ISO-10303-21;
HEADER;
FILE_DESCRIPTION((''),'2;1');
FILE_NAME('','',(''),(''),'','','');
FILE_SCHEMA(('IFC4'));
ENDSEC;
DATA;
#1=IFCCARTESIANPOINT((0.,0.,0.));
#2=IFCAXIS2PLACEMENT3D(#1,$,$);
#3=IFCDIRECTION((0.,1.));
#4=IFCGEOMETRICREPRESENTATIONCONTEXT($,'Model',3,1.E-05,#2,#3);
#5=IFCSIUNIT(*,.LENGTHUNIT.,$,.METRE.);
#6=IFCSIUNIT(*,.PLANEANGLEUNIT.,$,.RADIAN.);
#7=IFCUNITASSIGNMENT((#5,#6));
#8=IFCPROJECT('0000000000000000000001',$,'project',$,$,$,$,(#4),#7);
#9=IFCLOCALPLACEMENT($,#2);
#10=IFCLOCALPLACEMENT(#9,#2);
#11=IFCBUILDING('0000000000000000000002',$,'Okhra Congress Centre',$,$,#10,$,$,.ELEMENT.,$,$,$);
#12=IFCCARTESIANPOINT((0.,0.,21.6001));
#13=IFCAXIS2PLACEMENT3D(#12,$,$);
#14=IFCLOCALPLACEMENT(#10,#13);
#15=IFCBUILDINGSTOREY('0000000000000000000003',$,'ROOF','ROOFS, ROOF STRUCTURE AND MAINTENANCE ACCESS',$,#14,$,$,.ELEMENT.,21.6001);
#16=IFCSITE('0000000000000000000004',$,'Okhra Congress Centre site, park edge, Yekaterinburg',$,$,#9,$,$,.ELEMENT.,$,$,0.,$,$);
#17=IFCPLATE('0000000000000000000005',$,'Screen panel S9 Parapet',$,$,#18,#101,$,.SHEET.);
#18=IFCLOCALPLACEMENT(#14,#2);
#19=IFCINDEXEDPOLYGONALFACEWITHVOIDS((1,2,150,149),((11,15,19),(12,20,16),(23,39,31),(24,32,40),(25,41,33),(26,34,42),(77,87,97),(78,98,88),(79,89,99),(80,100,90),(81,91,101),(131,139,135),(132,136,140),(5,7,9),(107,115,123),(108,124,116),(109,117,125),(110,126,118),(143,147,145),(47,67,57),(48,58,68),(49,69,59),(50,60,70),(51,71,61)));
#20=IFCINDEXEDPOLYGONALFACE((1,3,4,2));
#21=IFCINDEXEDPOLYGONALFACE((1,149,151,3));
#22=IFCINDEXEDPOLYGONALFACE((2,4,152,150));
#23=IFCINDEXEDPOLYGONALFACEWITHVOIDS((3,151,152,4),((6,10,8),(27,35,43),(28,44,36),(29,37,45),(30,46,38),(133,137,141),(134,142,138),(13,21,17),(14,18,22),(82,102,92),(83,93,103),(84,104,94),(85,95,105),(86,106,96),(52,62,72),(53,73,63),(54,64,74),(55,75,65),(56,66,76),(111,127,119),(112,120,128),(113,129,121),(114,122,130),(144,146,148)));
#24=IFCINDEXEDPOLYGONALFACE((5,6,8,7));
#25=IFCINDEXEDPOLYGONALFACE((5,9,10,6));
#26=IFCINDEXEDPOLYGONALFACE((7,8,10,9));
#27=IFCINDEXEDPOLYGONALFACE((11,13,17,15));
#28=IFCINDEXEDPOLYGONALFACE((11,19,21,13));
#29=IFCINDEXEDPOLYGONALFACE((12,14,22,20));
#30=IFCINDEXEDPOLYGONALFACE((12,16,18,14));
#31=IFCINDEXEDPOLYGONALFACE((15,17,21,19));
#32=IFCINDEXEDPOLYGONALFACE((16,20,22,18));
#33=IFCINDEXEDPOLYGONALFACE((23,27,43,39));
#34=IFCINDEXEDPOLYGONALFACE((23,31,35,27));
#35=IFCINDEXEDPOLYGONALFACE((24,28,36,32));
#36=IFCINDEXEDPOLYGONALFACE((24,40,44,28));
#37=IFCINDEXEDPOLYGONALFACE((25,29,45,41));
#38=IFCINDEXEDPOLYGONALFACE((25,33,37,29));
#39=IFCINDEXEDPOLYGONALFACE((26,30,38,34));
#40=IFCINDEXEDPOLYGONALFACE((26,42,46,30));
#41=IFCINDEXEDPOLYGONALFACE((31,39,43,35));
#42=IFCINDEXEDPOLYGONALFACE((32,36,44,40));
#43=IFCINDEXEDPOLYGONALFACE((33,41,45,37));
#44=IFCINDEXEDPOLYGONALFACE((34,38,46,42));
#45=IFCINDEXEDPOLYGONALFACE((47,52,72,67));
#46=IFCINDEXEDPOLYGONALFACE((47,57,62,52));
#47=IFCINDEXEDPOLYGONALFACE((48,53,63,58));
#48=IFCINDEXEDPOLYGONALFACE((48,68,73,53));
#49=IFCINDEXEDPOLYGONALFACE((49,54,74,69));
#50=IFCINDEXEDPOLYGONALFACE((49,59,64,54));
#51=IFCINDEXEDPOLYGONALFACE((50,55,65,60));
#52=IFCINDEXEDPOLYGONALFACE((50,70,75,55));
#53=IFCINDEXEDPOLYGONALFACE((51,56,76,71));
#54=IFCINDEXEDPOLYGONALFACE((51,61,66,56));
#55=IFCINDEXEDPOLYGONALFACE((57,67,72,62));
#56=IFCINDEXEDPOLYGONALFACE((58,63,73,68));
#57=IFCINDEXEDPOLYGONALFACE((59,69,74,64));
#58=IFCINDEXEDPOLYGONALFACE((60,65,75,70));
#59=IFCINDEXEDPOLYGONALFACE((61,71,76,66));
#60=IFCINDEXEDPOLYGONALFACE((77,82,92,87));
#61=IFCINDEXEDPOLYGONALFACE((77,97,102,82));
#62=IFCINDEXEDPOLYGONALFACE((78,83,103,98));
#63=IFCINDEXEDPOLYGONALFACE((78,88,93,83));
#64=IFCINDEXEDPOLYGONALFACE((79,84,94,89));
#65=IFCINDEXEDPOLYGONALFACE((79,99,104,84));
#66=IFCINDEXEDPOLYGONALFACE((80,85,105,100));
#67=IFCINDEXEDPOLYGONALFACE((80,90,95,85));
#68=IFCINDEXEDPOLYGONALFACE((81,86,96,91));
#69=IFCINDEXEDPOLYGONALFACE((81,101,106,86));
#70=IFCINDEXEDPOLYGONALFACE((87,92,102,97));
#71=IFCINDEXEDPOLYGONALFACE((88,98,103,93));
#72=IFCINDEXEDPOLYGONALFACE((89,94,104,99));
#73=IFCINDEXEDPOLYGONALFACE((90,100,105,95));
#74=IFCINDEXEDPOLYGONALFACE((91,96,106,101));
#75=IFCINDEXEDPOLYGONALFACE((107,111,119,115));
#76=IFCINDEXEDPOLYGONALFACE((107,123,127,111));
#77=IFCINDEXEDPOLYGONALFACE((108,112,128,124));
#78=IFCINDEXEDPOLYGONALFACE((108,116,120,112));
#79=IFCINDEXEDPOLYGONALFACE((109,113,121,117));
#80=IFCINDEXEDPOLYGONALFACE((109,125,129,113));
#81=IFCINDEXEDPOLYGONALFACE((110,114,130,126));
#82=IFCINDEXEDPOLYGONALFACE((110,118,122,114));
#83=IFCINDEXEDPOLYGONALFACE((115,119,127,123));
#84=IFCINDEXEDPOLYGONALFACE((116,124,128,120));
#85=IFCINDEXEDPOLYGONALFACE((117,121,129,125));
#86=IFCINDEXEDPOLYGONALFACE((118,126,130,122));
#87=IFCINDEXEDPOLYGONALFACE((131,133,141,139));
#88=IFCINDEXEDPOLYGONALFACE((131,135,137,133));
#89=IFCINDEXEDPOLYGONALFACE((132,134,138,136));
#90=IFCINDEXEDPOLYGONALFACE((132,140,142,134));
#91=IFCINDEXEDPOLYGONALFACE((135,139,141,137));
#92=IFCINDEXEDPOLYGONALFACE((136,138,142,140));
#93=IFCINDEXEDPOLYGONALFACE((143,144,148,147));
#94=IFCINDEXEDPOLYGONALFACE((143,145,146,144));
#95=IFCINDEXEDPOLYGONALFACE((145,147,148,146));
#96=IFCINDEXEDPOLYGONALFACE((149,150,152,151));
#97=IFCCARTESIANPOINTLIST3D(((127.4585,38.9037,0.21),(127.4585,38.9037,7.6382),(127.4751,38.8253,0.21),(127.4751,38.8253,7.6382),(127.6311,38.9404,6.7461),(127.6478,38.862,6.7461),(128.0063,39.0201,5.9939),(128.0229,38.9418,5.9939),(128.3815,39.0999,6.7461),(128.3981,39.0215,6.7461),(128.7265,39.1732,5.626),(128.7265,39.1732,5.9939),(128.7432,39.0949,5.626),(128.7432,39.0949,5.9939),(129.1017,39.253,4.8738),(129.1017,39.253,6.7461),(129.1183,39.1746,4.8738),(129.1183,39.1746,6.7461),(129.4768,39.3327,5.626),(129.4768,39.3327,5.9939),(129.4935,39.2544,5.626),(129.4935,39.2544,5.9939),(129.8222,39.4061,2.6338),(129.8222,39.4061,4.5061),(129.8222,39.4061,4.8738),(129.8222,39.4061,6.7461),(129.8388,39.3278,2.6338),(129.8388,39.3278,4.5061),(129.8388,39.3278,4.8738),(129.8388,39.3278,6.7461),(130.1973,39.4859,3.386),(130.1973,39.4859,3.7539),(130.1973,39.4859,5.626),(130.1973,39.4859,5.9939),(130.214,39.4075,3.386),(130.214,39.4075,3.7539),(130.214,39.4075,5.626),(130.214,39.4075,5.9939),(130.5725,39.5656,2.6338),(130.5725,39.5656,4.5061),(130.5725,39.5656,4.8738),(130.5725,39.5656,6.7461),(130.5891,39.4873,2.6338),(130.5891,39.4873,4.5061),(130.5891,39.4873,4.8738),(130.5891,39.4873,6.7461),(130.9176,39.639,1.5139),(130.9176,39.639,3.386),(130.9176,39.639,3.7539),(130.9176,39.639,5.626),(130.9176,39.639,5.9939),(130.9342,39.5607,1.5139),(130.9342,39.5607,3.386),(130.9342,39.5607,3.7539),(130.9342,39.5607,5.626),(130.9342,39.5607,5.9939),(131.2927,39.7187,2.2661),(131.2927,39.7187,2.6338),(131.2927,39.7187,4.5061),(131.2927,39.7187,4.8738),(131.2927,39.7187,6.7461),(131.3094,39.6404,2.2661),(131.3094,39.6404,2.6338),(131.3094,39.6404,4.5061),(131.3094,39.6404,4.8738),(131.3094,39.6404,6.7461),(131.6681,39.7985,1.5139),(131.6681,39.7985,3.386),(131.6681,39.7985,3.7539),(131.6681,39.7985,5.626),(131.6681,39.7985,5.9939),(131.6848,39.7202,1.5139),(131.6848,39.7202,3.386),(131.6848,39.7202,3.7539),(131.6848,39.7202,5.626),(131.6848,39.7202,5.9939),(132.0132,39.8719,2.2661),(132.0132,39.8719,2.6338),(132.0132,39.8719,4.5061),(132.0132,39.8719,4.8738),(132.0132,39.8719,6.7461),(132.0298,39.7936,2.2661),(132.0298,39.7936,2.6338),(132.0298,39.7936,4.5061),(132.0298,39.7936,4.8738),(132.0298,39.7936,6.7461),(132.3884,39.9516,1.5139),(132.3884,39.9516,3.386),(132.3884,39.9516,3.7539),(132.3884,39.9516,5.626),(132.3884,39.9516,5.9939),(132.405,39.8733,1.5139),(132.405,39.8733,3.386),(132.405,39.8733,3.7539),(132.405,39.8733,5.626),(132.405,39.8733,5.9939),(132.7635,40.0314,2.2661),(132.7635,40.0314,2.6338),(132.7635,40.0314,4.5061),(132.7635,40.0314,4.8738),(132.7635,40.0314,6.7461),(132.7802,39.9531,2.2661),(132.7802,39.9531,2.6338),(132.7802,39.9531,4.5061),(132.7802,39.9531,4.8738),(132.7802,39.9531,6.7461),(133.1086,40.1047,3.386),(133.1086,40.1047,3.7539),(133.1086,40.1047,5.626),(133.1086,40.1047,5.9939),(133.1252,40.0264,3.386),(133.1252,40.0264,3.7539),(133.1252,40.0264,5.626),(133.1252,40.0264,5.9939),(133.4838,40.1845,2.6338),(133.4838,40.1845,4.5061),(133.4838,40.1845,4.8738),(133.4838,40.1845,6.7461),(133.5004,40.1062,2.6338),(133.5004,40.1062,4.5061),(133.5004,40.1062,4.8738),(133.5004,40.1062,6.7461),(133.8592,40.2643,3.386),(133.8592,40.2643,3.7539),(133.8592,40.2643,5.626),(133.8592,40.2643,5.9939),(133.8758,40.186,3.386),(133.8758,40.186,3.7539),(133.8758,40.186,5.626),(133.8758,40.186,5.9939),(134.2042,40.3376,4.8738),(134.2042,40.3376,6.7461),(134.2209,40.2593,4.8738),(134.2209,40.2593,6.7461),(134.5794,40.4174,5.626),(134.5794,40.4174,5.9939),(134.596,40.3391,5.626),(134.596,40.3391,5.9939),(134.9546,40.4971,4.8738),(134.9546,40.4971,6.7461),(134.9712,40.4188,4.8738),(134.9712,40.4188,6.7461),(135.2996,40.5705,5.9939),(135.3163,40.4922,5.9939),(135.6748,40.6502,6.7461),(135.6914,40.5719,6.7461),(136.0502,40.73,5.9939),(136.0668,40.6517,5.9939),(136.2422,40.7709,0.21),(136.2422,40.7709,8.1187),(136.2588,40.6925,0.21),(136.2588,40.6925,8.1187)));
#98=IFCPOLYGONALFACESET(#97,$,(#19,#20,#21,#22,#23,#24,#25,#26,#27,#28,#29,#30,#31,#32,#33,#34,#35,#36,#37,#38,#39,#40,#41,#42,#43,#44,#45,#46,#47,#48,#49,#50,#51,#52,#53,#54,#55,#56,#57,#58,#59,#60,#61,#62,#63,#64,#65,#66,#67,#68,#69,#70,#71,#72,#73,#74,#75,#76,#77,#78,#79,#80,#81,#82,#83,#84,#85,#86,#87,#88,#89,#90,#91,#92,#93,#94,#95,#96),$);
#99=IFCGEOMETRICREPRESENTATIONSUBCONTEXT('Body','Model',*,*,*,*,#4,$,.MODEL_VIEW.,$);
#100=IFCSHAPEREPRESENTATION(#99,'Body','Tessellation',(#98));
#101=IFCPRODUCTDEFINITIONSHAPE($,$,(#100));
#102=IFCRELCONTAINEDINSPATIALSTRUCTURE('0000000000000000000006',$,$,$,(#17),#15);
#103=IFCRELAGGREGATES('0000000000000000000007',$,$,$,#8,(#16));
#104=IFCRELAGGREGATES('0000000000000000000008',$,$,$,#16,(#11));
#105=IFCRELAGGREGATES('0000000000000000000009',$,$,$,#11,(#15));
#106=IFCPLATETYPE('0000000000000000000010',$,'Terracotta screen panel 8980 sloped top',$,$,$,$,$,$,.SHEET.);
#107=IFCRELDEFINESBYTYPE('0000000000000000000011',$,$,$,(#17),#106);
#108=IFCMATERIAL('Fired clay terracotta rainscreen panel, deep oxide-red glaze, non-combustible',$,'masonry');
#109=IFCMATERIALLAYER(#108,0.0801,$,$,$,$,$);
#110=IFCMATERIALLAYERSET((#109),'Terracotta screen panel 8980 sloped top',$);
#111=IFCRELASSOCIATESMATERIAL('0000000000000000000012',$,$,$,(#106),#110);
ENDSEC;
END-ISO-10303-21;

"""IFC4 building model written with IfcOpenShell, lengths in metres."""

from ifc_helpers import new_model, si_unit, direction, frame, origin, place, context, subcontext, project, spatial, polyline, outline, extrude, material, layer, layer_set, type_object, element, save


model = new_model("IFC4")

# Units and contexts
model_context = context("Model", 3, precision=1e-05, world=origin(), true_north=direction((0.0, 1.0)))
body_context = subcontext(model_context, "Body", "Model", "MODEL_VIEW")
ifc_project = project(units=[si_unit("LENGTHUNIT", "METRE"), si_unit("PLANEANGLEUNIT", "RADIAN")], contexts=[model_context])

# Site, building, storey
site_placement = place(None, origin())
site = spatial("IfcSite", under=ifc_project, at=site_placement, Name="Okhra Congress Centre site, park edge, Yekaterinburg", CompositionType="ELEMENT", RefElevation=0.0)
building_placement = place(site_placement, origin())
building = spatial("IfcBuilding", under=site, at=building_placement, Name="Okhra Congress Centre", CompositionType="ELEMENT")
storey_placement = place(building_placement, frame((0.0, 0.0, 21.6001)))
storey = spatial("IfcBuildingStorey", under=building, at=storey_placement, Name="ROOF", Description="ROOFS, ROOF STRUCTURE AND MAINTENANCE ACCESS", CompositionType="ELEMENT", Elevation=21.6001)

# Plate
ifc_material_1 = material(Name="Fired clay terracotta rainscreen panel, deep oxide-red glaze, non-combustible", Category="masonry")
ifc_layer = layer(ifc_material_1, 0.0801)
ifc_layer_set = layer_set([ifc_layer], Name="Terracotta screen panel 8980 sloped top")
plate_type = type_object("IfcPlateType", Name="Terracotta screen panel 8980 sloped top", PredefinedType="SHEET", material=ifc_layer_set)
plate_1_placement = place(storey_placement, frame((127.4668, 38.8645, 0.21), z_axis=(0.0, 0.0, 1.0), x_axis=(0.978144, 0.207928, 0.0)))
element("IfcPlate", 1, at=plate_1_placement, inside=storey, type_object=plate_type, Name="Screen panel S9 Parapet", PredefinedType="SHEET", context=body_context, shape_type="SweptSolid", body=[
    extrude(outline(polyline([(0.0, 0.0), (8.98, 0.0), (8.98, 7.9087), (0.0, 7.4282), (0.0, 0.0)]), holes=[polyline([(3.5364, 1.304), (4.3037, 1.304), (3.9199, 2.0562), (3.5364, 1.304)]), polyline([(4.6565, 2.0562), (5.04, 1.304), (5.4236, 2.0562), (4.6565, 2.0562)]), polyline([(2.4165, 2.4238), (3.1836, 2.4238), (2.8, 3.176), (2.4165, 2.4238)]), polyline([(3.5364, 3.176), (3.9199, 2.4238), (4.3037, 3.176), (3.5364, 3.176)]), polyline([(4.6565, 2.4238), (5.4236, 2.4238), (5.04, 3.176), (4.6565, 2.4238)]), polyline([(5.7764, 3.176), (6.1599, 2.4238), (6.5437, 3.176), (5.7764, 3.176)]), polyline([(2.4165, 4.2961), (2.8, 3.5439), (3.1836, 4.2961), (2.4165, 4.2961)]), polyline([(3.5364, 3.5439), (4.3037, 3.5439), (3.9199, 4.2961), (3.5364, 3.5439)]), polyline([(4.6565, 4.2961), (5.04, 3.5439), (5.4236, 4.2961), (4.6565, 4.2961)]), polyline([(5.7764, 3.5439), (6.5437, 3.5439), (6.1599, 4.2961), (5.7764, 3.5439)]), polyline([(1.2964, 5.416), (1.6799, 4.6638), (2.0635, 5.416), (1.2964, 5.416)]), polyline([(2.4165, 4.6638), (3.1836, 4.6638), (2.8, 5.416), (2.4165, 4.6638)]), polyline([(3.5364, 5.416), (3.9199, 4.6638), (4.3037, 5.416), (3.5364, 5.416)]), polyline([(4.6565, 4.6638), (5.4236, 4.6638), (5.04, 5.416), (4.6565, 4.6638)]), polyline([(5.7764, 5.416), (6.1599, 4.6638), (6.5437, 5.416), (5.7764, 5.416)]), polyline([(6.8965, 4.6638), (7.6636, 4.6638), (7.28, 5.416), (6.8965, 4.6638)]), polyline([(0.1765, 6.5361), (0.5601, 5.7839), (0.9436, 6.5361), (0.1765, 6.5361)]), polyline([(1.2964, 5.7839), (2.0635, 5.7839), (1.6799, 6.5361), (1.2964, 5.7839)]), polyline([(2.4165, 6.5361), (2.8, 5.7839), (3.1836, 6.5361), (2.4165, 6.5361)]), polyline([(3.5364, 5.7839), (4.3037, 5.7839), (3.9199, 6.5361), (3.5364, 5.7839)]), polyline([(4.6565, 6.5361), (5.04, 5.7839), (5.4236, 6.5361), (4.6565, 6.5361)]), polyline([(5.7764, 5.7839), (6.5437, 5.7839), (6.1599, 6.5361), (5.7764, 5.7839)]), polyline([(6.8965, 6.5361), (7.28, 5.7839), (7.6636, 6.5361), (6.8965, 6.5361)]), polyline([(8.0164, 5.7839), (8.7837, 5.7839), (8.3999, 6.5361), (8.0164, 5.7839)])]), frame((0.0, 0.04, 0.0), z_axis=(0.0, -1.0, 0.0), x_axis=(1.0, 0.0, 0.0)), (0.0, 0.0, 1.0), 0.0801),
])

save(model, "model.ifc")
